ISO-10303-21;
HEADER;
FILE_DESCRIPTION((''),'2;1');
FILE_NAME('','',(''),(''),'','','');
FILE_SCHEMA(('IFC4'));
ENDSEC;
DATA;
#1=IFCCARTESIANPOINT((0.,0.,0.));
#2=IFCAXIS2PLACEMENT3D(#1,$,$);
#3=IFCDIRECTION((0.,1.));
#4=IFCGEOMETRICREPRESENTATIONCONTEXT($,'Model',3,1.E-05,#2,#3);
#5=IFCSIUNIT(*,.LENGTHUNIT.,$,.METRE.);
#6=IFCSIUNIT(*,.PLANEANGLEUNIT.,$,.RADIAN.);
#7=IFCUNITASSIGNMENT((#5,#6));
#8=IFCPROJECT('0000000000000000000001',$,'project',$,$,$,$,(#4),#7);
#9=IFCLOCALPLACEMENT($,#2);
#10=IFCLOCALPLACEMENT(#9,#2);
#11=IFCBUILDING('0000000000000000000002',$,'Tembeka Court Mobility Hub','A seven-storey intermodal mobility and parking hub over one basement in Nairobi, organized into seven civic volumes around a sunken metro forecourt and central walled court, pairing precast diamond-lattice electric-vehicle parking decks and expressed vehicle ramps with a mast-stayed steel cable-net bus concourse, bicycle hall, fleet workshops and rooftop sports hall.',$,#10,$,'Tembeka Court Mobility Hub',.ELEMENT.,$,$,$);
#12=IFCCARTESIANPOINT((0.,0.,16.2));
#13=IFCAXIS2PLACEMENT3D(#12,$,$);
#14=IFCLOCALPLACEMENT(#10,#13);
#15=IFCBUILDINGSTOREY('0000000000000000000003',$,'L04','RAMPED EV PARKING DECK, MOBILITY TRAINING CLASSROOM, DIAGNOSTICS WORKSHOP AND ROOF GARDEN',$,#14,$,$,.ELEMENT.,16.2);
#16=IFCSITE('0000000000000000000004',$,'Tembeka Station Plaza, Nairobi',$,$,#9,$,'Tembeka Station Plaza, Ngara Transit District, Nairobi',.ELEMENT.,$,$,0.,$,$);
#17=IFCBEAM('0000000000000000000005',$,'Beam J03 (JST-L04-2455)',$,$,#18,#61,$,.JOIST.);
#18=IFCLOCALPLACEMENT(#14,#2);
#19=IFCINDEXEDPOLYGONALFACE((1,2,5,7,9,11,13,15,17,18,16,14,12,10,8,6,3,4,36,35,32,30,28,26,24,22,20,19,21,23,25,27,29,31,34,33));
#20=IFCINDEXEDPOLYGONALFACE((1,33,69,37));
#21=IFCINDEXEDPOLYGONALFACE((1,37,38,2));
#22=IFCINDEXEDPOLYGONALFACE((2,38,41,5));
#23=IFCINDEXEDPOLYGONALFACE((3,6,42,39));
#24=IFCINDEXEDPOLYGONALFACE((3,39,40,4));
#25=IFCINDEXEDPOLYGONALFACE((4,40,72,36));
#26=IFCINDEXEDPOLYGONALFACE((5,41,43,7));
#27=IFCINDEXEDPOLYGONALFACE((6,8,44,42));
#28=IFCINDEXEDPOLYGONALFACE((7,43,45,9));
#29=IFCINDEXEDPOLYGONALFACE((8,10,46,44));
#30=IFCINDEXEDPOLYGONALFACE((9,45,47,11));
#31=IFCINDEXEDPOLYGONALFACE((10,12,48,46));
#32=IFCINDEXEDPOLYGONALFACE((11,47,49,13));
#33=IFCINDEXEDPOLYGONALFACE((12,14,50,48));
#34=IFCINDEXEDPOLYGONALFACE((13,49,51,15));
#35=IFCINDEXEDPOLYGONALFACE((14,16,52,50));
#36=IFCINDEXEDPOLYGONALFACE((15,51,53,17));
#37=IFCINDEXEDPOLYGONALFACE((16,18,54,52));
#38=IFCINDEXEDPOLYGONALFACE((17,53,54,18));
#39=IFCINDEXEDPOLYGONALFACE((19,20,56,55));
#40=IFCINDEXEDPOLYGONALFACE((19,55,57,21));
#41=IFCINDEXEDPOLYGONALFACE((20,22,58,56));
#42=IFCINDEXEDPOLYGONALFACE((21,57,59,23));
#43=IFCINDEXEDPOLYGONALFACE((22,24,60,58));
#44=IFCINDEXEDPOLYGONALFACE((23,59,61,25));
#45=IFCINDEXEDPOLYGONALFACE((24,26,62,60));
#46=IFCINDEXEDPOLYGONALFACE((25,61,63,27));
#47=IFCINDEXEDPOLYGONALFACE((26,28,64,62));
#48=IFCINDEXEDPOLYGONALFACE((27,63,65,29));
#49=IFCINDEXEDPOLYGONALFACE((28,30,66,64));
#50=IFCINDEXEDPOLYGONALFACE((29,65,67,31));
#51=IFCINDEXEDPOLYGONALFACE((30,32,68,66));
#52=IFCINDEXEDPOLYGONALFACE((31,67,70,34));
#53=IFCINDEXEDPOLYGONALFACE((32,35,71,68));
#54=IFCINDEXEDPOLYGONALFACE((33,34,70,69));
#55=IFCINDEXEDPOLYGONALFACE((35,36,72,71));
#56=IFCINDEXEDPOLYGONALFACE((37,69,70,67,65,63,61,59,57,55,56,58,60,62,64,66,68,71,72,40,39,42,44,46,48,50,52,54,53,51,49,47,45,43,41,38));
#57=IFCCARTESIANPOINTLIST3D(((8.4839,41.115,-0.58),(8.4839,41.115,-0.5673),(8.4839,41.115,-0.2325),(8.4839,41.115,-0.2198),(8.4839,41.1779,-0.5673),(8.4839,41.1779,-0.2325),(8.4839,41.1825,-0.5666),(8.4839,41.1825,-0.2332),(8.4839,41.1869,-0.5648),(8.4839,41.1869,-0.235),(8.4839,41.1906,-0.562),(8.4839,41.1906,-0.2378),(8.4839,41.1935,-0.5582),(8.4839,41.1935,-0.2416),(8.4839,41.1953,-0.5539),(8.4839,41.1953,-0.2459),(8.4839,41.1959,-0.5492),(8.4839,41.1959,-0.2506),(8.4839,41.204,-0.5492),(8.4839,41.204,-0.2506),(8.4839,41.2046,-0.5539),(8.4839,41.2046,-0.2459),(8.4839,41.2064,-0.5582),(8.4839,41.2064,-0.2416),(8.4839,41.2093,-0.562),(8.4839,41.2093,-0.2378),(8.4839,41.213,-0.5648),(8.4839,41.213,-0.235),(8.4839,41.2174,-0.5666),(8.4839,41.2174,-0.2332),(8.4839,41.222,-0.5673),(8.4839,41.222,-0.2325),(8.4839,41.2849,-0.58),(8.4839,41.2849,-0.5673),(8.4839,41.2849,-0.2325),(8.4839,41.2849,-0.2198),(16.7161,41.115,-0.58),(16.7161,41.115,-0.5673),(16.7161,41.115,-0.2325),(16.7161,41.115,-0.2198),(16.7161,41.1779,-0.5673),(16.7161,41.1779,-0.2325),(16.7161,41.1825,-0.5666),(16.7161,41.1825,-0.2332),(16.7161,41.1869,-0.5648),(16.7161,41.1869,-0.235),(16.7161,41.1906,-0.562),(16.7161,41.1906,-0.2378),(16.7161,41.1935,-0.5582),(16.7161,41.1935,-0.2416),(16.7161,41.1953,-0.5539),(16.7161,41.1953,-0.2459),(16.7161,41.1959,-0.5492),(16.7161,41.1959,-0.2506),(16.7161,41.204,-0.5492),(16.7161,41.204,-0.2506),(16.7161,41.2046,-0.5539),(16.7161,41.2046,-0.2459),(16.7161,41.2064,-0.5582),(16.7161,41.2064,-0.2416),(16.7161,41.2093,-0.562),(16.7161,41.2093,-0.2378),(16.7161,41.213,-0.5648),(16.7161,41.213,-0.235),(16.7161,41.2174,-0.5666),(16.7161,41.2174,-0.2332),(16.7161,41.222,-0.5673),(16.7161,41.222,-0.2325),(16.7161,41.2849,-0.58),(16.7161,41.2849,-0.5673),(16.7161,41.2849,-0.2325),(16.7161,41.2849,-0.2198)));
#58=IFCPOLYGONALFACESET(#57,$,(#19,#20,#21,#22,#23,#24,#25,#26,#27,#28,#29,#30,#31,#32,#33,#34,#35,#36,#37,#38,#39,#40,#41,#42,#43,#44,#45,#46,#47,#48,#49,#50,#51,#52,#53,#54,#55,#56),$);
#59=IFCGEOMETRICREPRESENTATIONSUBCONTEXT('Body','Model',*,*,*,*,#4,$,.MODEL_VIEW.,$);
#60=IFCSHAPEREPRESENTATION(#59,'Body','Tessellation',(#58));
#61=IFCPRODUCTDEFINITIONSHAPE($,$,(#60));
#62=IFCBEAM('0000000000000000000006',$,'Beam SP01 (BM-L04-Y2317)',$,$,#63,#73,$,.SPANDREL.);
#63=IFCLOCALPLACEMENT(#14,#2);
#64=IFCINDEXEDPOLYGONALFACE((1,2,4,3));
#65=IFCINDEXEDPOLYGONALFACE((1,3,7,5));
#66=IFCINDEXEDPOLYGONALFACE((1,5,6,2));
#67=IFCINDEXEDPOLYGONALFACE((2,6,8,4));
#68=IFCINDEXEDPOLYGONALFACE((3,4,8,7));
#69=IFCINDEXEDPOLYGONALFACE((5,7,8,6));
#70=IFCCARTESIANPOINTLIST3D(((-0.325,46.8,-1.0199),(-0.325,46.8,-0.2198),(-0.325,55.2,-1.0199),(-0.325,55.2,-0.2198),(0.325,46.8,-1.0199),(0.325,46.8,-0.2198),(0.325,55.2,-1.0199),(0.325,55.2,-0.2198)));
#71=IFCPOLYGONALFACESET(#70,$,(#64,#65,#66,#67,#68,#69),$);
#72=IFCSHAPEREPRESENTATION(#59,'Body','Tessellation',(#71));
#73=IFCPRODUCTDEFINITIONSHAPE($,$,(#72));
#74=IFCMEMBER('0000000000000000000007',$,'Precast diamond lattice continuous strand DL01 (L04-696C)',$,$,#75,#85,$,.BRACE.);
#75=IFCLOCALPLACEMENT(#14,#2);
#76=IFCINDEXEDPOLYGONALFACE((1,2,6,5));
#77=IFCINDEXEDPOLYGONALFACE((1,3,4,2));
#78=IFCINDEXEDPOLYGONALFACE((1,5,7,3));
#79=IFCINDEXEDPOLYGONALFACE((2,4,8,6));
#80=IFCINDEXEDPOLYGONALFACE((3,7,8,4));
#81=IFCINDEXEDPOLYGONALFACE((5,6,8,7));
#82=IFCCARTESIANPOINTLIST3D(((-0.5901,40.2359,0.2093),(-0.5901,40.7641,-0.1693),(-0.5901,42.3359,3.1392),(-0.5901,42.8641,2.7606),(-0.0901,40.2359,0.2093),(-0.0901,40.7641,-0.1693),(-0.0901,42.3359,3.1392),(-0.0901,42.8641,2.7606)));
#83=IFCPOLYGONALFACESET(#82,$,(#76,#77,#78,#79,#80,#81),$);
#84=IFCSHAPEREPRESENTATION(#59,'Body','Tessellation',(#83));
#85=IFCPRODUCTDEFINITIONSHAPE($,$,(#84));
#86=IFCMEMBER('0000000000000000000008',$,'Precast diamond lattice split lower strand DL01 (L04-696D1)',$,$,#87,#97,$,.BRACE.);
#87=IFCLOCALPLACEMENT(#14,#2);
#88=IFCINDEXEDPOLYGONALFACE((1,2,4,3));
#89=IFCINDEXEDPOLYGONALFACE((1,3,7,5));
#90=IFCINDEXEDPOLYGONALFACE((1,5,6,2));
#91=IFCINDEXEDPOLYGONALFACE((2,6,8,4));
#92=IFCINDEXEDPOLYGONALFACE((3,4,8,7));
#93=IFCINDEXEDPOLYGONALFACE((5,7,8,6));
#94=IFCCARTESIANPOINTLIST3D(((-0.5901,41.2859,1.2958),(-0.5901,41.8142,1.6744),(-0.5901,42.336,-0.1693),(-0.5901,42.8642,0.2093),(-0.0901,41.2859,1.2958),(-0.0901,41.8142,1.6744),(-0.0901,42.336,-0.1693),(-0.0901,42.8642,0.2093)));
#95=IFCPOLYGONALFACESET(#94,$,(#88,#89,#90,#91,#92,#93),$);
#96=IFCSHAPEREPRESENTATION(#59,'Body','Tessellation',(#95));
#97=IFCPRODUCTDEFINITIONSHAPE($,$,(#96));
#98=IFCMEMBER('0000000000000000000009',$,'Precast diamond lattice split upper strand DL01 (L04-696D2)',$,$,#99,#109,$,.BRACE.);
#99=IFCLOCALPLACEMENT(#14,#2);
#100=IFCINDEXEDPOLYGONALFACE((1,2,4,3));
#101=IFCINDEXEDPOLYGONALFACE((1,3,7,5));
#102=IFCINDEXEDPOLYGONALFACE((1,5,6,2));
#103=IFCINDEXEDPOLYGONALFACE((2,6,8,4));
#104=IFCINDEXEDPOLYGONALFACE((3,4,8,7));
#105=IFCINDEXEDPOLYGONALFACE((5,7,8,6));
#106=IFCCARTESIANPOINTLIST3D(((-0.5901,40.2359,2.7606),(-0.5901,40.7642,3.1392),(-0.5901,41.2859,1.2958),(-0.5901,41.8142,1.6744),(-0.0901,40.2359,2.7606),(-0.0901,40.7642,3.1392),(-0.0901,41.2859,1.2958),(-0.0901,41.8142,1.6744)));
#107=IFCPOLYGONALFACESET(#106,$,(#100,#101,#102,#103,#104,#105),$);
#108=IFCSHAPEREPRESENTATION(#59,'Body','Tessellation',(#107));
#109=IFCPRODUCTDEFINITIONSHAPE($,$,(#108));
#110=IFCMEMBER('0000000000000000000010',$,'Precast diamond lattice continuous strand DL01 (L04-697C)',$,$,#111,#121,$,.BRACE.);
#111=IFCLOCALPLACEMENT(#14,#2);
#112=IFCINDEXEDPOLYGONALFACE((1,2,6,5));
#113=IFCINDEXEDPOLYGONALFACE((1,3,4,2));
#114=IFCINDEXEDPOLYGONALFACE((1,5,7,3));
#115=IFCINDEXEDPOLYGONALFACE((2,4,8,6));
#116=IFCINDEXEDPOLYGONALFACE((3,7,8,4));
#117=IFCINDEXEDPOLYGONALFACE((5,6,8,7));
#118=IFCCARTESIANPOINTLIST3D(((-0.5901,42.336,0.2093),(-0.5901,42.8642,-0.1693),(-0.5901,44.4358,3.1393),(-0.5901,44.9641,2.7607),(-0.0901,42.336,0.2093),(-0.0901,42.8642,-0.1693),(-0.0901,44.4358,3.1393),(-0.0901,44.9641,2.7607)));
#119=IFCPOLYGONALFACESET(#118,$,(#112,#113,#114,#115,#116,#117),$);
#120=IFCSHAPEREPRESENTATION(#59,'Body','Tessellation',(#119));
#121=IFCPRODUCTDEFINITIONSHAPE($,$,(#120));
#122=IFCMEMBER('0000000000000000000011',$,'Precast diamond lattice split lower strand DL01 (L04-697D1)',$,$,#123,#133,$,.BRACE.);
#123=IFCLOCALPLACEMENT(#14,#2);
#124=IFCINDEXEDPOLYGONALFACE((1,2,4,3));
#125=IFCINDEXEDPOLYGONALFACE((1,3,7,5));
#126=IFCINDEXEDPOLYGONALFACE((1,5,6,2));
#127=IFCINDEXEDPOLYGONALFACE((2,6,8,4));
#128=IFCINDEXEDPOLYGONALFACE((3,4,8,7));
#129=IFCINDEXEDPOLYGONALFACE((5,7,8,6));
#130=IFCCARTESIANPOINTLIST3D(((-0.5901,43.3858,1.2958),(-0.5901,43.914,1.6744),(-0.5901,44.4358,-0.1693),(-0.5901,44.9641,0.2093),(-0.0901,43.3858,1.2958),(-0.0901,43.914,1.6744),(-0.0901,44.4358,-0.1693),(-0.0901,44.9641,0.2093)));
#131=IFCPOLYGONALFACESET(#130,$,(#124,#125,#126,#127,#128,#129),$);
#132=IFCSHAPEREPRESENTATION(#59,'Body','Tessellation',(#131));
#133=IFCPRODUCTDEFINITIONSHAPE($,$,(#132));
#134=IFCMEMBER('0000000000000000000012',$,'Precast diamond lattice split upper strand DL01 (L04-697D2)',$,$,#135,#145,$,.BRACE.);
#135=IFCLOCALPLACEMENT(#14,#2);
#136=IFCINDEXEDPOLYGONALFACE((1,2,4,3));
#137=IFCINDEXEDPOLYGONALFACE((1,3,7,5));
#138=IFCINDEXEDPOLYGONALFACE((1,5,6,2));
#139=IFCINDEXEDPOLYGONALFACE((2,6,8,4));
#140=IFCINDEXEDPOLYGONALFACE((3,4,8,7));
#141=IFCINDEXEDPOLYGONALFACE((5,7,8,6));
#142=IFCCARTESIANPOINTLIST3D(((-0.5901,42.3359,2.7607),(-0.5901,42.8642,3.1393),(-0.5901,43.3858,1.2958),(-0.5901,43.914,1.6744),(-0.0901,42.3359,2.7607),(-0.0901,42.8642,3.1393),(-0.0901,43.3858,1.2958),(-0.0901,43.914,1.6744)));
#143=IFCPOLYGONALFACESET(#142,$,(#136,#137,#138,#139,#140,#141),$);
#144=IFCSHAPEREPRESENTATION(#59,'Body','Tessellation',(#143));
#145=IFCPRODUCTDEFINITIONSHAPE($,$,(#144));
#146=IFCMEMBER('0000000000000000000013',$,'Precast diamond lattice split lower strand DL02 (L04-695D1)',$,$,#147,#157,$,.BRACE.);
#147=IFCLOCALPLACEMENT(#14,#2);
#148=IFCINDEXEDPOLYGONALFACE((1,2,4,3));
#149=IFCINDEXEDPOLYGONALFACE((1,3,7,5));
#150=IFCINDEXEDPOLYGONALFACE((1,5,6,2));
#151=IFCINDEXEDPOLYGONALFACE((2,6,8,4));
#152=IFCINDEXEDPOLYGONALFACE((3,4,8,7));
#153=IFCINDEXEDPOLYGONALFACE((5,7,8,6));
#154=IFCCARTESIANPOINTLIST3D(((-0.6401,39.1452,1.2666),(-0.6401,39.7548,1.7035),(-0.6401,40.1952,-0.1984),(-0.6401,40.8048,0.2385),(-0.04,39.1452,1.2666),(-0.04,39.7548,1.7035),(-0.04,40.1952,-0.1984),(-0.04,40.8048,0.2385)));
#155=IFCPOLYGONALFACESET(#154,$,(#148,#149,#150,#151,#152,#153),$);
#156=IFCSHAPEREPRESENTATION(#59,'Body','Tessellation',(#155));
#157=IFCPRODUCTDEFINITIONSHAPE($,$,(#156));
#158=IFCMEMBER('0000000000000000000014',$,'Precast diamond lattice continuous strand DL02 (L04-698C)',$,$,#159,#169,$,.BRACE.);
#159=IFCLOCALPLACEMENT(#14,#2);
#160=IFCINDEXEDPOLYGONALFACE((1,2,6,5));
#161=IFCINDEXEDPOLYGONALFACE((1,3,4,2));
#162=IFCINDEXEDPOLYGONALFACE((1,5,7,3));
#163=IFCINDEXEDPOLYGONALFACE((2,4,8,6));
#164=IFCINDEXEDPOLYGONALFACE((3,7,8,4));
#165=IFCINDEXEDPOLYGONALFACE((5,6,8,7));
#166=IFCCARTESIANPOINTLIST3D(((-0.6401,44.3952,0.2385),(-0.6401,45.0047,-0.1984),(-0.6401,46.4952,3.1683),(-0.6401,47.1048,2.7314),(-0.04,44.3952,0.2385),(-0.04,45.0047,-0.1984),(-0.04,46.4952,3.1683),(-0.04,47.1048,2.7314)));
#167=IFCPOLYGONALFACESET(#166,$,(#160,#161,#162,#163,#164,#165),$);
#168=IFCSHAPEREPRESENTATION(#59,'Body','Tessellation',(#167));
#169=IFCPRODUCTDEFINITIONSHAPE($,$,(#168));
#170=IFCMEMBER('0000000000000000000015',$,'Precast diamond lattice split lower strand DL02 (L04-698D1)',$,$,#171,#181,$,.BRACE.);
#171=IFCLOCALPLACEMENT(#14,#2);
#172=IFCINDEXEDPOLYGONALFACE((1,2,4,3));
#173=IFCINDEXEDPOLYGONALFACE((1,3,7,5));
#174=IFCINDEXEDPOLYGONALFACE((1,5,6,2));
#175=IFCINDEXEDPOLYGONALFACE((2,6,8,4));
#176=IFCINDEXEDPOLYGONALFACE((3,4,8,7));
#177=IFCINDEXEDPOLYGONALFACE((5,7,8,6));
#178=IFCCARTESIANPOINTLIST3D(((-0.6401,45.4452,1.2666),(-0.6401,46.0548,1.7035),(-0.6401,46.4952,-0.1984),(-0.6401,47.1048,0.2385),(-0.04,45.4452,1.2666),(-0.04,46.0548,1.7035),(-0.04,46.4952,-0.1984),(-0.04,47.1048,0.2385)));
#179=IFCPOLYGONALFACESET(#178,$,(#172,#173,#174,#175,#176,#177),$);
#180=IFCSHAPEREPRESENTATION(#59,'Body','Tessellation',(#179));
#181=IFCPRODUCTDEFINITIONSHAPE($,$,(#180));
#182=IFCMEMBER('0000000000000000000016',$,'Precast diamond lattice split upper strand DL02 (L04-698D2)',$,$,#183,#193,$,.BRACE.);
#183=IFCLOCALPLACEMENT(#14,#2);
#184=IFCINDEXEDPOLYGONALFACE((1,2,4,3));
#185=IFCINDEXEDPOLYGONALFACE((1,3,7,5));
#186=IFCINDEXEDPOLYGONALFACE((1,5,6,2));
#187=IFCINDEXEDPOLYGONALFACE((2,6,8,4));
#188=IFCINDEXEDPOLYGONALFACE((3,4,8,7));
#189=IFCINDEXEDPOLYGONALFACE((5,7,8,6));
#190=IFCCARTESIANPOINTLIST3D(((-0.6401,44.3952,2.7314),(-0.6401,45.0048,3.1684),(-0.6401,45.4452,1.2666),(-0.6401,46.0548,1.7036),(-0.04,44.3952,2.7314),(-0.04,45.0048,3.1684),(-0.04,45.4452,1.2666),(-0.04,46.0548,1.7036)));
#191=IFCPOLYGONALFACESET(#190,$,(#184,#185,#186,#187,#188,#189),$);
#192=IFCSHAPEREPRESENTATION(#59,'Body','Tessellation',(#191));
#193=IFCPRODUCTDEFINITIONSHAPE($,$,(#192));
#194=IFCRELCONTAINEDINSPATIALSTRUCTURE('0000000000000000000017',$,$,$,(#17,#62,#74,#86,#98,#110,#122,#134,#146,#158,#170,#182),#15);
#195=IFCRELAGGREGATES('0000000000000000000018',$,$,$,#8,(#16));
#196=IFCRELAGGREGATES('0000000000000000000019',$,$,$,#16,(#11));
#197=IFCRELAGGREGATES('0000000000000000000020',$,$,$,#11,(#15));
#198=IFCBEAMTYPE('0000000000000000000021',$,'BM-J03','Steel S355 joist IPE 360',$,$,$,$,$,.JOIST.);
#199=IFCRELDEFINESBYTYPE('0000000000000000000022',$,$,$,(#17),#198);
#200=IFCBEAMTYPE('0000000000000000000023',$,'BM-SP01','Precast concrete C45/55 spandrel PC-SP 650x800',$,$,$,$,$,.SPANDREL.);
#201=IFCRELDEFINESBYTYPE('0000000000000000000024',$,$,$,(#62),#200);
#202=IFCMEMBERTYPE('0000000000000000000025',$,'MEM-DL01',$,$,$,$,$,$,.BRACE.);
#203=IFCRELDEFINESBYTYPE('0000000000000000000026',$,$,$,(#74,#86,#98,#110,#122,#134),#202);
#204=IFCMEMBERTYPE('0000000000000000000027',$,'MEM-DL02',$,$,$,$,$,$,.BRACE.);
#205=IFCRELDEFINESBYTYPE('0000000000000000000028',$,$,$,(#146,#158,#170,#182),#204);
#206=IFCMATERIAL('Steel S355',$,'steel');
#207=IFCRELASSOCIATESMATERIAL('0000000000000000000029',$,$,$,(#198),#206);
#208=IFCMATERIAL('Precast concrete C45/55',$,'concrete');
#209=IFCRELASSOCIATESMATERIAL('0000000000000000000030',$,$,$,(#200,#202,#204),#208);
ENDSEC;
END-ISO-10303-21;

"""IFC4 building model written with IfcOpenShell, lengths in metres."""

from ifc_helpers import new_model, si_unit, direction, frame, origin, origin_2d, place, context, subcontext, project, spatial, rectangle, i_section, extrude, material, material_profile, profile_set, type_object, element, save


model = new_model("IFC4")

# Units and contexts
model_context = context("Model", 3, precision=1e-05, world=origin(), true_north=direction((0.0, 1.0)))
body_context = subcontext(model_context, "Body", "Model", "MODEL_VIEW")
ifc_project = project(units=[si_unit("LENGTHUNIT", "METRE"), si_unit("PLANEANGLEUNIT", "RADIAN")], contexts=[model_context])

# Site, building, storey
site_placement = place(None, origin())
site = spatial("IfcSite", under=ifc_project, at=site_placement, Name="Tembeka Station Plaza, Nairobi", LongName="Tembeka Station Plaza, Ngara Transit District, Nairobi", CompositionType="ELEMENT", RefElevation=0.0)
building_placement = place(site_placement, origin())
building = spatial("IfcBuilding", under=site, at=building_placement, Name="Tembeka Court Mobility Hub", Description="A seven-storey intermodal mobility and parking hub over one basement in Nairobi, organized into seven civic volumes around a sunken metro forecourt and central walled court, pairing precast diamond-lattice electric-vehicle parking decks and expressed vehicle ramps with a mast-stayed steel cable-net bus concourse, bicycle hall, fleet workshops and rooftop sports hall.", LongName="Tembeka Court Mobility Hub", CompositionType="ELEMENT")
storey_placement = place(building_placement, frame((0.0, 0.0, 16.2)))
storey = spatial("IfcBuildingStorey", under=building, at=storey_placement, Name="L04", Description="RAMPED EV PARKING DECK, MOBILITY TRAINING CLASSROOM, DIAGNOSTICS WORKSHOP AND ROOF GARDEN", CompositionType="ELEMENT", Elevation=16.2)

# Shared definitions
ifc_material_1 = material(Name="Steel S355", Category="steel")

# Beams
ifc_material_profile_1 = material_profile(ifc_material_1, i_section(OverallWidth=0.1699, OverallDepth=0.3601, WebThickness=0.0081, FlangeThickness=0.0127, FilletRadius=0.0181, at=origin_2d()), Name="IPE 360")
ifc_profile_set_1 = profile_set([ifc_material_profile_1], Name="Steel S355")
beam_type_1 = type_object("IfcBeamType", Name="BM-J03", Description="Steel S355 joist IPE 360", PredefinedType="JOIST", material=ifc_profile_set_1)
beam_1_placement = place(storey_placement, frame((8.4839, 41.2, -0.3999), z_axis=(1.0, 0.0, 0.0), x_axis=(0.0, 1.0, 0.0)))
element("IfcBeam", 1, at=beam_1_placement, inside=storey, type_object=beam_type_1, Name="Beam J03 (JST-L04-2455)", PredefinedType="JOIST", context=body_context, shape_type="SweptSolid", body=[
    extrude(i_section(OverallWidth=0.1699, OverallDepth=0.3601, WebThickness=0.0081, FlangeThickness=0.0127, FilletRadius=0.0181, at=origin_2d()), origin(), (0.0, 0.0, 1.0), 8.2322),
])
ifc_material_2 = material(Name="Precast concrete C45/55", Category="concrete")
ifc_material_profile_2 = material_profile(ifc_material_2, rectangle(XDim=0.6499, YDim=0.8, at=origin_2d()), Name="PC-SP 650x800")
ifc_profile_set_2 = profile_set([ifc_material_profile_2], Name="Precast concrete C45/55")
beam_type_2 = type_object("IfcBeamType", Name="BM-SP01", Description="Precast concrete C45/55 spandrel PC-SP 650x800", PredefinedType="SPANDREL", material=ifc_profile_set_2)
beam_2_placement = place(storey_placement, frame((0.0, 46.8, -0.6199), z_axis=(0.0, 1.0, 0.0), x_axis=(-1.0, 0.0, 0.0)))
element("IfcBeam", 2, at=beam_2_placement, inside=storey, type_object=beam_type_2, Name="Beam SP01 (BM-L04-Y2317)", PredefinedType="SPANDREL", context=body_context, shape_type="SweptSolid", body=[
    extrude(rectangle(XDim=0.6499, YDim=0.8, at=origin_2d()), origin(), (0.0, 0.0, 1.0), 8.3999),
])

# Members
ifc_material_profile_3 = material_profile(ifc_material_2, rectangle(XDim=0.5, YDim=0.6499, at=origin_2d()), Name="PC-DIAG 500x650")
ifc_profile_set_3 = profile_set([ifc_material_profile_3], Name="Precast concrete C45/55")
member_type_1 = type_object("IfcMemberType", Name="MEM-DL01", PredefinedType="BRACE", material=ifc_profile_set_3)
member_1_placement = place(storey_placement, frame((-0.3401, 40.5, 0.02), z_axis=(0.0, 0.582576, 0.812776), x_axis=(-1.0, 0.0, 0.0)))
element("IfcMember", 3, at=member_1_placement, inside=storey, type_object=member_type_1, Name="Precast diamond lattice continuous strand DL01 (L04-696C)", PredefinedType="BRACE", context=body_context, shape_type="SweptSolid", body=[
    extrude(rectangle(XDim=0.5, YDim=0.6499, at=origin_2d()), origin(), (0.0, 0.0, 1.0), 3.6047),
])
member_2_placement = place(storey_placement, frame((-0.3401, 42.6001, 0.02), z_axis=(0.0, -0.582544, 0.812799), x_axis=(1.0, 0.0, 0.0)))
element("IfcMember", 4, at=member_2_placement, inside=storey, type_object=member_type_1, Name="Precast diamond lattice split lower strand DL01 (L04-696D1)", PredefinedType="BRACE", context=body_context, shape_type="SweptSolid", body=[
    extrude(rectangle(XDim=0.5, YDim=0.6499, at=origin_2d()), origin(), (0.0, 0.0, 1.0), 1.8025),
])
member_3_placement = place(storey_placement, frame((-0.3401, 41.55, 1.4851), z_axis=(0.0, -0.582608, 0.812753), x_axis=(1.0, 0.0, 0.0)))
element("IfcMember", 5, at=member_3_placement, inside=storey, type_object=member_type_1, Name="Precast diamond lattice split upper strand DL01 (L04-696D2)", PredefinedType="BRACE", context=body_context, shape_type="SweptSolid", body=[
    extrude(rectangle(XDim=0.5, YDim=0.6499, at=origin_2d()), origin(), (0.0, 0.0, 1.0), 1.8022),
])
member_4_placement = place(storey_placement, frame((-0.3401, 42.6001, 0.02), z_axis=(0.0, 0.582532, 0.812808), x_axis=(-1.0, 0.0, 0.0)))
element("IfcMember", 6, at=member_4_placement, inside=storey, type_object=member_type_1, Name="Precast diamond lattice continuous strand DL01 (L04-697C)", PredefinedType="BRACE", context=body_context, shape_type="SweptSolid", body=[
    extrude(rectangle(XDim=0.5, YDim=0.6499, at=origin_2d()), origin(), (0.0, 0.0, 1.0), 3.6047),
])
member_5_placement = place(storey_placement, frame((-0.3401, 44.7, 0.02), z_axis=(0.0, -0.582544, 0.812799), x_axis=(1.0, 0.0, 0.0)))
element("IfcMember", 7, at=member_5_placement, inside=storey, type_object=member_type_1, Name="Precast diamond lattice split lower strand DL01 (L04-697D1)", PredefinedType="BRACE", context=body_context, shape_type="SweptSolid", body=[
    extrude(rectangle(XDim=0.5, YDim=0.6499, at=origin_2d()), origin(), (0.0, 0.0, 1.0), 1.8025),
])
member_6_placement = place(storey_placement, frame((-0.3401, 43.6499, 1.4851), z_axis=(0.0, -0.582519, 0.812817), x_axis=(1.0, 0.0, 0.0)))
element("IfcMember", 8, at=member_6_placement, inside=storey, type_object=member_type_1, Name="Precast diamond lattice split upper strand DL01 (L04-697D2)", PredefinedType="BRACE", context=body_context, shape_type="SweptSolid", body=[
    extrude(rectangle(XDim=0.5, YDim=0.6499, at=origin_2d()), origin(), (0.0, 0.0, 1.0), 1.8022),
])
ifc_material_profile_4 = material_profile(ifc_material_2, rectangle(XDim=0.6001, YDim=0.75, at=origin_2d()), Name="PC-DIAG 600x750")
ifc_profile_set_4 = profile_set([ifc_material_profile_4], Name="Precast concrete C45/55")
member_type_2 = type_object("IfcMemberType", Name="MEM-DL02", PredefinedType="BRACE", material=ifc_profile_set_4)
member_7_placement = place(storey_placement, frame((-0.3401, 40.5, 0.02), z_axis=(0.0, -0.582544, 0.812799), x_axis=(1.0, 0.0, 0.0)))
element("IfcMember", 9, at=member_7_placement, inside=storey, type_object=member_type_2, Name="Precast diamond lattice split lower strand DL02 (L04-695D1)", PredefinedType="BRACE", context=body_context, shape_type="SweptSolid", body=[
    extrude(rectangle(XDim=0.6001, YDim=0.75, at=origin_2d()), origin(), (0.0, 0.0, 1.0), 1.8025),
])
member_8_placement = place(storey_placement, frame((-0.3401, 44.7, 0.02), z_axis=(0.0, 0.582576, 0.812776), x_axis=(-1.0, 0.0, 0.0)))
element("IfcMember", 10, at=member_8_placement, inside=storey, type_object=member_type_2, Name="Precast diamond lattice continuous strand DL02 (L04-698C)", PredefinedType="BRACE", context=body_context, shape_type="SweptSolid", body=[
    extrude(rectangle(XDim=0.6001, YDim=0.75, at=origin_2d()), origin(), (0.0, 0.0, 1.0), 3.6047),
])
member_9_placement = place(storey_placement, frame((-0.3401, 46.8, 0.02), z_axis=(0.0, -0.582544, 0.812799), x_axis=(1.0, 0.0, 0.0)))
element("IfcMember", 11, at=member_9_placement, inside=storey, type_object=member_type_2, Name="Precast diamond lattice split lower strand DL02 (L04-698D1)", PredefinedType="BRACE", context=body_context, shape_type="SweptSolid", body=[
    extrude(rectangle(XDim=0.6001, YDim=0.75, at=origin_2d()), origin(), (0.0, 0.0, 1.0), 1.8025),
])
member_10_placement = place(storey_placement, frame((-0.3401, 45.75, 1.4851), z_axis=(0.0, -0.582608, 0.812753), x_axis=(1.0, 0.0, 0.0)))
element("IfcMember", 12, at=member_10_placement, inside=storey, type_object=member_type_2, Name="Precast diamond lattice split upper strand DL02 (L04-698D2)", PredefinedType="BRACE", context=body_context, shape_type="SweptSolid", body=[
    extrude(rectangle(XDim=0.6001, YDim=0.75, at=origin_2d()), origin(), (0.0, 0.0, 1.0), 1.8022),
])

save(model, "model.ifc")
